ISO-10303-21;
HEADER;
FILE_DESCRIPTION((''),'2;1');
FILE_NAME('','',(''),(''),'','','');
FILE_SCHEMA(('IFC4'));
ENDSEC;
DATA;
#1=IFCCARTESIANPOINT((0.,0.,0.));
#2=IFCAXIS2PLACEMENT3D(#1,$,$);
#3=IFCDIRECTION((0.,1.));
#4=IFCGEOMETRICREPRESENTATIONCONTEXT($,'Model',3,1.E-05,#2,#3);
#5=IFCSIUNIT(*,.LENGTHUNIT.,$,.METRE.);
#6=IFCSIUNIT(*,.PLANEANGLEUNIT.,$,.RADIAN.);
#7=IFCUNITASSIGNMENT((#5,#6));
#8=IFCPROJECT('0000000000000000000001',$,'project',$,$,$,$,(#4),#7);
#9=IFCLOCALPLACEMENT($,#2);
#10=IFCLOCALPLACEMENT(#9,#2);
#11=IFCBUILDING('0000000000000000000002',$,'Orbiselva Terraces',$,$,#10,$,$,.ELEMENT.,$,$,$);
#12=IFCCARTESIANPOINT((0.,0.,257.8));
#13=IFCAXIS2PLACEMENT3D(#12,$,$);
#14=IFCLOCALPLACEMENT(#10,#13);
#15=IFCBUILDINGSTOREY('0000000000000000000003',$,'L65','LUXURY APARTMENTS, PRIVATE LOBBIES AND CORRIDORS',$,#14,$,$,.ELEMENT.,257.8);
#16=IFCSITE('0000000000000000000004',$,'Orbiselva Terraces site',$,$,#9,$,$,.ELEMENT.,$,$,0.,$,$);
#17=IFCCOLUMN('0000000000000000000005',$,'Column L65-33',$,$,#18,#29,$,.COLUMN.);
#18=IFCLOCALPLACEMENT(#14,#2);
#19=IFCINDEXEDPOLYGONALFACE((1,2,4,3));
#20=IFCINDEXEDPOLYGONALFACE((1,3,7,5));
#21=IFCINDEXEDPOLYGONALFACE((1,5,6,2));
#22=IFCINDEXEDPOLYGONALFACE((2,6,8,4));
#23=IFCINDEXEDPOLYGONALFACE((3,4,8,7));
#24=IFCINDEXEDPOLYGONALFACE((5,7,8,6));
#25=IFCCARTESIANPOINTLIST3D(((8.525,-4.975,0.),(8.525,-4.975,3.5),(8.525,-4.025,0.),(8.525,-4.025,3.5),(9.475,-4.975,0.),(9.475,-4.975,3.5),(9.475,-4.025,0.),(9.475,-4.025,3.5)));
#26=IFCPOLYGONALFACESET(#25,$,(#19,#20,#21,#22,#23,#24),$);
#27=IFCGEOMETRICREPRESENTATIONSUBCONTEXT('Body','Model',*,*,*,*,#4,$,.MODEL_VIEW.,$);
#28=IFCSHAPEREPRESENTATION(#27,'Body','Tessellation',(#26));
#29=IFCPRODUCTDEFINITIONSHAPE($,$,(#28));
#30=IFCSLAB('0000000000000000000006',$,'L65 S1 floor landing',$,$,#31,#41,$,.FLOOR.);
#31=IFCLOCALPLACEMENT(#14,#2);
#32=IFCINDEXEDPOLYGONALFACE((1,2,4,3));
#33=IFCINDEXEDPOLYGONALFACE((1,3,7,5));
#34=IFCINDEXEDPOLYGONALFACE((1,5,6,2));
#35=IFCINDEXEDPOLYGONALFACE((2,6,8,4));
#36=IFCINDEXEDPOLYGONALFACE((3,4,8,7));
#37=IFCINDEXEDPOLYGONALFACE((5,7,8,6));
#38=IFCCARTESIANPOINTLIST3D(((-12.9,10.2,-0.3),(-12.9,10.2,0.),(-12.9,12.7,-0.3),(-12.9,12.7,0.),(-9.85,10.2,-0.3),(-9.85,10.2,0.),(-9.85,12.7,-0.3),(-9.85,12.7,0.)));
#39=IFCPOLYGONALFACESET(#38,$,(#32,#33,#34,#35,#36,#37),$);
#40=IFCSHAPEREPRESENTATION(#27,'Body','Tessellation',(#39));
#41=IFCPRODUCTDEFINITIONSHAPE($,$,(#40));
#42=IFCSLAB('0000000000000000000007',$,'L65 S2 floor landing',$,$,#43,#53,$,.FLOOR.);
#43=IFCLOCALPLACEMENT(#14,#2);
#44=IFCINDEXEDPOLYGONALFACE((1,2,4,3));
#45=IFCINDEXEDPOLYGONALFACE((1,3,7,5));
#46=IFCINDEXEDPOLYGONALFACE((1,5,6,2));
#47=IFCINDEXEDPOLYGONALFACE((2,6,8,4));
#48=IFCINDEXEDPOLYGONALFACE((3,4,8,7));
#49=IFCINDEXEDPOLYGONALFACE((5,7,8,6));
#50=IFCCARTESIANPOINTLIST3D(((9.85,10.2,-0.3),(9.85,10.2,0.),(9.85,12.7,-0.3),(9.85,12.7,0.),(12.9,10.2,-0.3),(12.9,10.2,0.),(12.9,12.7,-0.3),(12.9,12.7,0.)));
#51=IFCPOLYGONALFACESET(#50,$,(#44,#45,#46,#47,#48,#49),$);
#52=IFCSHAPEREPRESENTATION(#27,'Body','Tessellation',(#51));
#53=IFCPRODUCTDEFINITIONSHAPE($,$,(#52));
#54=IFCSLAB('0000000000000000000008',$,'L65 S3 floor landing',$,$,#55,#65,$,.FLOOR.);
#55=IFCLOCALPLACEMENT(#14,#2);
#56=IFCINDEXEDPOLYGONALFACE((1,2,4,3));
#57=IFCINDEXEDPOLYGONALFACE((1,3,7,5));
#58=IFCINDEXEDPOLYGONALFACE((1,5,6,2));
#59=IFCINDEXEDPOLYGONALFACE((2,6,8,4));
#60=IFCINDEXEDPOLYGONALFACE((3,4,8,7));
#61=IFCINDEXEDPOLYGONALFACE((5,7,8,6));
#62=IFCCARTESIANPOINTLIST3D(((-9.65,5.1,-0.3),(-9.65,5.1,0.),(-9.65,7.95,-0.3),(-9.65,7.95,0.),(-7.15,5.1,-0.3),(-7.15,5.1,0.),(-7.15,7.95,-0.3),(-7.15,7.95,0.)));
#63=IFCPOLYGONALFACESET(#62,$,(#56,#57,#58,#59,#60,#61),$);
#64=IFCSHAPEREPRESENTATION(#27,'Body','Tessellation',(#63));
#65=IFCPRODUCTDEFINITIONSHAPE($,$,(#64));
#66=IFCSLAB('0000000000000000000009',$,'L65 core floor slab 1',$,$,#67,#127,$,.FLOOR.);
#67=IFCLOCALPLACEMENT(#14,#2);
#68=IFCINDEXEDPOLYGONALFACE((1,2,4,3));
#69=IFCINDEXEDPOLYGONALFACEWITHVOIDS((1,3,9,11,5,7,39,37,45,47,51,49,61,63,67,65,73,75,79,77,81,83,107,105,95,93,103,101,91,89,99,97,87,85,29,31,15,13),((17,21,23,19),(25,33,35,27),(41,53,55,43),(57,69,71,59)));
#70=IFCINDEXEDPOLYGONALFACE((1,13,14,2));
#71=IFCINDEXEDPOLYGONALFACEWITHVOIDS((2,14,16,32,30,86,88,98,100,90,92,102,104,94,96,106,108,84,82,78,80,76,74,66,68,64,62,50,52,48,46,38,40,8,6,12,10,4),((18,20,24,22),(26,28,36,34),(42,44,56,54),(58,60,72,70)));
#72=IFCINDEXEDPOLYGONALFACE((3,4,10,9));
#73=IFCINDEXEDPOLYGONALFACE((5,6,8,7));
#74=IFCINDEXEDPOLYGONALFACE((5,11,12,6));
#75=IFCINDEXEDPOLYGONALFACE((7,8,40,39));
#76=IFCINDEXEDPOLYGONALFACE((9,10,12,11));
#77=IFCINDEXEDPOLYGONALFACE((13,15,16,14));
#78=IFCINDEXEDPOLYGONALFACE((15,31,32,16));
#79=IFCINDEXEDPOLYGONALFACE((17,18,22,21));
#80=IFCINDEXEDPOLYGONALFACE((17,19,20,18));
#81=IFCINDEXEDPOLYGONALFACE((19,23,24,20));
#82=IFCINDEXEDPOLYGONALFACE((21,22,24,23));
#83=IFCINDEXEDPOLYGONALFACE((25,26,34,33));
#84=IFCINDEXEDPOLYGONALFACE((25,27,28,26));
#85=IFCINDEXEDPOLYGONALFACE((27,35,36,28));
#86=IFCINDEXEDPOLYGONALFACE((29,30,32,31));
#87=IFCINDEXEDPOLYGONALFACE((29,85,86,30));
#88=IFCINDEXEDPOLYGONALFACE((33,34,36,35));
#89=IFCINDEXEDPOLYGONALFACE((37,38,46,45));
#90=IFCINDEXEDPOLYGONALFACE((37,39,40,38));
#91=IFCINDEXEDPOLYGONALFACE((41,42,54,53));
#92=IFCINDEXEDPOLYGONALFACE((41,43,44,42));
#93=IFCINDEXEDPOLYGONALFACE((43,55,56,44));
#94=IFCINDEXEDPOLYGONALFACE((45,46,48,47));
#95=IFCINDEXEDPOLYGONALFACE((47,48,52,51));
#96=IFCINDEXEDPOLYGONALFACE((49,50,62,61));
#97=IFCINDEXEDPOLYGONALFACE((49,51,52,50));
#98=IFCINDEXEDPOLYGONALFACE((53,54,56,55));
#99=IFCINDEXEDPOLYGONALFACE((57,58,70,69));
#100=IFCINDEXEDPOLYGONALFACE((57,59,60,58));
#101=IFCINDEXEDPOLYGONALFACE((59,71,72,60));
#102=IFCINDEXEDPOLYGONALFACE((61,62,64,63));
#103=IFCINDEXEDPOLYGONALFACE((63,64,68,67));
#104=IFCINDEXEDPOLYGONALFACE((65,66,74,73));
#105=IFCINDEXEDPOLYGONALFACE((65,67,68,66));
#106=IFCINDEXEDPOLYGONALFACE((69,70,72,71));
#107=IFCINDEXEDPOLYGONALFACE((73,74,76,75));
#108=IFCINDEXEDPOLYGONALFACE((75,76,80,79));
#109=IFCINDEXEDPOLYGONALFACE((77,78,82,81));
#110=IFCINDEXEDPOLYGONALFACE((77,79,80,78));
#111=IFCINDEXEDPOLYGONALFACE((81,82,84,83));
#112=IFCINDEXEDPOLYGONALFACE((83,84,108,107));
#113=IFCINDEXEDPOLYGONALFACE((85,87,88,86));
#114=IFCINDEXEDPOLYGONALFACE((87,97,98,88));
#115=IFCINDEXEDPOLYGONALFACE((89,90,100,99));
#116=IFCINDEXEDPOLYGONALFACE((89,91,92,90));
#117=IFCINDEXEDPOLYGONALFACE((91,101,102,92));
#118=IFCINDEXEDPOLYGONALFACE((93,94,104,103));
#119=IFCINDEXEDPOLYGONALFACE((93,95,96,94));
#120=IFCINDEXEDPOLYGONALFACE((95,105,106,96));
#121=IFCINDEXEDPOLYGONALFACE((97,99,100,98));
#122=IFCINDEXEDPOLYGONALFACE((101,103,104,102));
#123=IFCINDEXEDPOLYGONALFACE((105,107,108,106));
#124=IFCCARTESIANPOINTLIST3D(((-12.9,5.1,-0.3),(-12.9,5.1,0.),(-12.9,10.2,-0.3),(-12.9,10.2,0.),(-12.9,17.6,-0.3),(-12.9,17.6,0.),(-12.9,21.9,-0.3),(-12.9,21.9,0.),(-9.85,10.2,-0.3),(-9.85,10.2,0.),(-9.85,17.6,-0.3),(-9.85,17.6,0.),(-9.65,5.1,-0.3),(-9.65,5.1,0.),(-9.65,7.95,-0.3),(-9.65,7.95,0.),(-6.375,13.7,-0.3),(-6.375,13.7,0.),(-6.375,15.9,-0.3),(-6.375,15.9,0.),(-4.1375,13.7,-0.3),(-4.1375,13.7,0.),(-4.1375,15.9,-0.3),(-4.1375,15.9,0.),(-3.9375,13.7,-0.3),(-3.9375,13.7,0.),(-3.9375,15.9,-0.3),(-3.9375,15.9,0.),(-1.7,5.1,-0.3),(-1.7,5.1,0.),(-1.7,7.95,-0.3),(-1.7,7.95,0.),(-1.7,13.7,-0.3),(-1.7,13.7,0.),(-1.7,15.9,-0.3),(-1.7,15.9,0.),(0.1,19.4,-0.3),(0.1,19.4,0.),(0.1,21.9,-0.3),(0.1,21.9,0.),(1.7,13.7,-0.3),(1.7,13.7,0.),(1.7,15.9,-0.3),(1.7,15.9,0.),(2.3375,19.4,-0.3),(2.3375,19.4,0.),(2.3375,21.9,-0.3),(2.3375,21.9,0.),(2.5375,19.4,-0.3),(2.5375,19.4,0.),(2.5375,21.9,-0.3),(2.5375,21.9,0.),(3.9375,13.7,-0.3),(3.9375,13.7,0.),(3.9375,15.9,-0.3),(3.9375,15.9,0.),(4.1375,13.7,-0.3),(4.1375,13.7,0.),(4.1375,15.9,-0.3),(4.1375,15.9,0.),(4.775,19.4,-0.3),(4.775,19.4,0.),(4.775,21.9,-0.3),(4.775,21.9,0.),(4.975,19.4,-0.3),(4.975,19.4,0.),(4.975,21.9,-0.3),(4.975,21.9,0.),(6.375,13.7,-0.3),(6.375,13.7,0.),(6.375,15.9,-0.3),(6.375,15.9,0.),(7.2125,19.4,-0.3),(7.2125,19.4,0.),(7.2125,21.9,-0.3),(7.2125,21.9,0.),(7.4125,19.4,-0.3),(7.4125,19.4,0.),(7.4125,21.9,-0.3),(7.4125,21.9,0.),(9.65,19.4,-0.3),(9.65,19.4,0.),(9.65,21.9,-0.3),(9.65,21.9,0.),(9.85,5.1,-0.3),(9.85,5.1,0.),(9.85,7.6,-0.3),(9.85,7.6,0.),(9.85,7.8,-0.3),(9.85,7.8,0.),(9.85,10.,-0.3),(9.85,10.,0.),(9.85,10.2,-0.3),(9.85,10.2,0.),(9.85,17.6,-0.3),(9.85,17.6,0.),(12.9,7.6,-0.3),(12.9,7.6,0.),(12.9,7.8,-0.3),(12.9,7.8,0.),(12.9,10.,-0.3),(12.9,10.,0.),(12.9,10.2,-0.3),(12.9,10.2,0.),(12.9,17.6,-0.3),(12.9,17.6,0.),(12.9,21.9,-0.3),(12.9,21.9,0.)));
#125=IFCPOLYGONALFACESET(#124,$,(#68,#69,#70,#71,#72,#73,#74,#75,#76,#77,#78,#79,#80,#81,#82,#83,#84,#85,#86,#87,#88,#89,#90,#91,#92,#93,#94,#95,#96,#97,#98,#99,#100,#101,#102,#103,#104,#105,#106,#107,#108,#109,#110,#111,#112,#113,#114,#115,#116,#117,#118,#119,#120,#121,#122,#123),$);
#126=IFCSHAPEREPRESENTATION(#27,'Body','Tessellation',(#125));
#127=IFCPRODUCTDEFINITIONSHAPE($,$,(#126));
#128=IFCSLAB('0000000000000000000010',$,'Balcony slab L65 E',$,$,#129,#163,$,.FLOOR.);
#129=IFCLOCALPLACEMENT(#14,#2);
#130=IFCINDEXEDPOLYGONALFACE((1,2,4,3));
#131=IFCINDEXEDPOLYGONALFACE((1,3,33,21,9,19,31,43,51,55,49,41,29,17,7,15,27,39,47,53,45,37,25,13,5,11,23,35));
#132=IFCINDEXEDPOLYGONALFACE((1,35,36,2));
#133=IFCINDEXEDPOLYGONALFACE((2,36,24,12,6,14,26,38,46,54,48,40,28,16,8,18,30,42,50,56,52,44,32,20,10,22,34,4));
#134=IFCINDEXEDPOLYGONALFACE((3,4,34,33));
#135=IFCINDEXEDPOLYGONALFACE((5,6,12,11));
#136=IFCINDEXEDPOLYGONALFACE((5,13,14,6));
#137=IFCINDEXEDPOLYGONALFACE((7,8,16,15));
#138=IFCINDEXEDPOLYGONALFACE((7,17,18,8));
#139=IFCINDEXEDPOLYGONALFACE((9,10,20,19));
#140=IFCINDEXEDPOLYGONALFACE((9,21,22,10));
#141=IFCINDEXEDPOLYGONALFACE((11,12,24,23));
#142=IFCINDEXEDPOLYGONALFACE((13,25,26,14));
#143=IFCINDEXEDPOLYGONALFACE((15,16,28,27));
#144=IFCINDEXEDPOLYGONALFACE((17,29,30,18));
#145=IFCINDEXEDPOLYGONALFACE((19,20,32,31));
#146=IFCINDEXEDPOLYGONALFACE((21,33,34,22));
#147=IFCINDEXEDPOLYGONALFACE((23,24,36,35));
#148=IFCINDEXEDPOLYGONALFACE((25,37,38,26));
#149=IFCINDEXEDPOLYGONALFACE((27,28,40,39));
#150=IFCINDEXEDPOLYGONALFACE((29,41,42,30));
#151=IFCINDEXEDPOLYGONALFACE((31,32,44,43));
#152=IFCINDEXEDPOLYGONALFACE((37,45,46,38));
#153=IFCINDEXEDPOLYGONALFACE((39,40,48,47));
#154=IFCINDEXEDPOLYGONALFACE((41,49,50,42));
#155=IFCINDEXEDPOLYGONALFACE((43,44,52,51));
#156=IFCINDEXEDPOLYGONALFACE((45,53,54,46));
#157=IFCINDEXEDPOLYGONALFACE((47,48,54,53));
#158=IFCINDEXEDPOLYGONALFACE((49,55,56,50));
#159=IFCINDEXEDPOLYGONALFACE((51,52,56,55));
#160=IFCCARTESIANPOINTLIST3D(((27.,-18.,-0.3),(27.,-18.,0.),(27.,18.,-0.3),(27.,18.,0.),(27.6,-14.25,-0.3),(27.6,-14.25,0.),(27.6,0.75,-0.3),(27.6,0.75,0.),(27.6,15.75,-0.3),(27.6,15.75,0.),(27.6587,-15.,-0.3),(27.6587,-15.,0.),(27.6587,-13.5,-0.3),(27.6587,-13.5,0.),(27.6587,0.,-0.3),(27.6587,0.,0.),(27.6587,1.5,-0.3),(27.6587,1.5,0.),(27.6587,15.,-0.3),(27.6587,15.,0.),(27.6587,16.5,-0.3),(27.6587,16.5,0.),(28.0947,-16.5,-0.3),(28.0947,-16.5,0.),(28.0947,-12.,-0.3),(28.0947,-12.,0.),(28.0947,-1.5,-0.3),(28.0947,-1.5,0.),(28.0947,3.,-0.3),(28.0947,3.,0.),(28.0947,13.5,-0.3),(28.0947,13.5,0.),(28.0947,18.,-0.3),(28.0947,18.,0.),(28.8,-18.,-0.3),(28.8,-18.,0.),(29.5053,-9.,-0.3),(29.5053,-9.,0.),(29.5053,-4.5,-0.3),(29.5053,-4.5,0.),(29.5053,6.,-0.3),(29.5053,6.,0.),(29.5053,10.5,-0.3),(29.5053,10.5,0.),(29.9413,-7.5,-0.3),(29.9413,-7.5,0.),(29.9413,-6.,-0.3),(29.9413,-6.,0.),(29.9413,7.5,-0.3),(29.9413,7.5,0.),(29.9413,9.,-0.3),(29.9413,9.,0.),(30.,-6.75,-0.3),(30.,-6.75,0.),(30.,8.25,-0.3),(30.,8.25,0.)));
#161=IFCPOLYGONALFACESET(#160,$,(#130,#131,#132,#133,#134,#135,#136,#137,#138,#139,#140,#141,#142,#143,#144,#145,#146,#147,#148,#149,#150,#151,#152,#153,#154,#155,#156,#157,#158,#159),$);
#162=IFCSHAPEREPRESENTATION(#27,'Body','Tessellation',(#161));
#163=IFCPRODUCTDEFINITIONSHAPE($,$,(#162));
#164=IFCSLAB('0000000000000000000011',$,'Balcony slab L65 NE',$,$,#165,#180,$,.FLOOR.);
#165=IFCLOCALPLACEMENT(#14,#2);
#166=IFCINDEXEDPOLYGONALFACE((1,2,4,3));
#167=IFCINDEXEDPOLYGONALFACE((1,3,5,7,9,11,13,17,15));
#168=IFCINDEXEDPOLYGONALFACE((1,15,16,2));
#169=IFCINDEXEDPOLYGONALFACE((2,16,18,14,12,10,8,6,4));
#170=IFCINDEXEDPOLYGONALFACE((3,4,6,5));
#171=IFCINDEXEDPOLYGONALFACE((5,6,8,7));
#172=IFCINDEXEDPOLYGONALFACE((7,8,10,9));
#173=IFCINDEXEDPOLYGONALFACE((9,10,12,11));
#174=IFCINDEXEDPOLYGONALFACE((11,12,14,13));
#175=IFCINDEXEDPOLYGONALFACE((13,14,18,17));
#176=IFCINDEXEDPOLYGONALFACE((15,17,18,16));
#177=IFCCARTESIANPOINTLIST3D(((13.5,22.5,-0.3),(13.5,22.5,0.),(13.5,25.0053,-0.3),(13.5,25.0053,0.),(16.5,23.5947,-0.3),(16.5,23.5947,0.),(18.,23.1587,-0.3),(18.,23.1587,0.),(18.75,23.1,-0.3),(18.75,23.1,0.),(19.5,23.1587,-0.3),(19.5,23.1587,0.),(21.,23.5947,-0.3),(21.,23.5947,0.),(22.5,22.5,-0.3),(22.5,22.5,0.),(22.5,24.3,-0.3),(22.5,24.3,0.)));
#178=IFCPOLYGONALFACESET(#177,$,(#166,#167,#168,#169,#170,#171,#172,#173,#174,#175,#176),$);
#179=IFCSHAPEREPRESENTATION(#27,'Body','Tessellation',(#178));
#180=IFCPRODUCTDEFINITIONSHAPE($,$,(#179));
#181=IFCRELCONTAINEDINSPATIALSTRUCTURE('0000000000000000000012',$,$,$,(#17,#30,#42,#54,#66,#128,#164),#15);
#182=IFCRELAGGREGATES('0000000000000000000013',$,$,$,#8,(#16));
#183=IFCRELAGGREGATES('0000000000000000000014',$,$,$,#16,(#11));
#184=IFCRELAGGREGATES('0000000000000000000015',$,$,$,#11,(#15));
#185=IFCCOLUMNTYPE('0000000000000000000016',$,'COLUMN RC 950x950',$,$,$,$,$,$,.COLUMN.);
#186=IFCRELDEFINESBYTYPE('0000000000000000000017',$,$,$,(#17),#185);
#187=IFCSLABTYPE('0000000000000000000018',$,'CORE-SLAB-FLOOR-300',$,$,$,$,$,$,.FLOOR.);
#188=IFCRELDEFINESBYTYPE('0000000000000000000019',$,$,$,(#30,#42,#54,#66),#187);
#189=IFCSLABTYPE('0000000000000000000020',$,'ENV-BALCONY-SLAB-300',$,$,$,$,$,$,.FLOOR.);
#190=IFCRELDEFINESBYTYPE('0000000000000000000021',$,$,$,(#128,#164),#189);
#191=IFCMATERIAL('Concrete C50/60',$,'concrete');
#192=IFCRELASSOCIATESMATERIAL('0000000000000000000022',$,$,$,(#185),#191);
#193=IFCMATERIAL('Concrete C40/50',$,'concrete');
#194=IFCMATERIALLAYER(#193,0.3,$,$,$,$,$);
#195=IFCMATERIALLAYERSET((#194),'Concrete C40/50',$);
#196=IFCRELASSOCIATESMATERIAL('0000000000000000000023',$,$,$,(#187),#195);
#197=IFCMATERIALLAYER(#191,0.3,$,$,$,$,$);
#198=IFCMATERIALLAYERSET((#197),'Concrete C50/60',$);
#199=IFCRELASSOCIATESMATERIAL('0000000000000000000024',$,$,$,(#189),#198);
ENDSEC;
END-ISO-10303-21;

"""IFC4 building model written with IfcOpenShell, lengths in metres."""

from ifc_helpers import new_model, si_unit, direction, frame, origin, origin_2d, place, context, subcontext, project, spatial, polyline, rectangle, outline, extrude, material, layer, layer_set, material_profile, profile_set, type_object, element, save


model = new_model("IFC4")

# Units and contexts
model_context = context("Model", 3, precision=1e-05, world=origin(), true_north=direction((0.0, 1.0)))
body_context = subcontext(model_context, "Body", "Model", "MODEL_VIEW")
ifc_project = project(units=[si_unit("LENGTHUNIT", "METRE"), si_unit("PLANEANGLEUNIT", "RADIAN")], contexts=[model_context])

# Site, building, storey
site_placement = place(None, origin())
site = spatial("IfcSite", under=ifc_project, at=site_placement, Name="Orbiselva Terraces site", CompositionType="ELEMENT", RefElevation=0.0)
building_placement = place(site_placement, origin())
building = spatial("IfcBuilding", under=site, at=building_placement, Name="Orbiselva Terraces", CompositionType="ELEMENT")
storey_placement = place(building_placement, frame((0.0, 0.0, 257.8)))
storey = spatial("IfcBuildingStorey", under=building, at=storey_placement, Name="L65", Description="LUXURY APARTMENTS, PRIVATE LOBBIES AND CORRIDORS", CompositionType="ELEMENT", Elevation=257.8)

# Column
ifc_material_1 = material(Name="Concrete C50/60", Category="concrete")
ifc_material_profile = material_profile(ifc_material_1, rectangle(XDim=0.95, YDim=0.95, at=origin_2d()), Name="RC 950x950")
ifc_profile_set = profile_set([ifc_material_profile], Name="Concrete C50/60")
column_type = type_object("IfcColumnType", Name="COLUMN RC 950x950", PredefinedType="COLUMN", material=ifc_profile_set)
column_placement = place(storey_placement, frame((9.0, -4.5, 0.0), z_axis=(0.0, 0.0, 1.0), x_axis=(1.0, 0.0, 0.0)))
element("IfcColumn", 1, at=column_placement, inside=storey, type_object=column_type, Name="Column L65-33", PredefinedType="COLUMN", context=body_context, shape_type="SweptSolid", body=[
    extrude(rectangle(XDim=0.95, YDim=0.95, at=origin_2d()), origin(), (0.0, 0.0, 1.0), 3.5),
])

# Slabs
ifc_material_2 = material(Name="Concrete C40/50", Category="concrete")
ifc_layer_1 = layer(ifc_material_2, 0.3)
ifc_layer_set_1 = layer_set([ifc_layer_1], Name="Concrete C40/50")
slab_type_1 = type_object("IfcSlabType", Name="CORE-SLAB-FLOOR-300", PredefinedType="FLOOR", material=ifc_layer_set_1)
slab_1_placement = place(storey_placement, frame((0.0, 0.0, -0.3)))
element("IfcSlab", 2, at=slab_1_placement, inside=storey, type_object=slab_type_1, Name="L65 S1 floor landing", PredefinedType="FLOOR", context=body_context, shape_type="SweptSolid", body=[
    extrude(outline(polyline([(-12.9, 12.7), (-9.85, 12.7), (-9.85, 10.2), (-12.9, 10.2), (-12.9, 12.7)])), origin(), (0.0, 0.0, 1.0), 0.3),
])
slab_2_placement = place(storey_placement, frame((0.0, 0.0, -0.3)))
element("IfcSlab", 3, at=slab_2_placement, inside=storey, type_object=slab_type_1, Name="L65 S2 floor landing", PredefinedType="FLOOR", context=body_context, shape_type="SweptSolid", body=[
    extrude(outline(polyline([(12.9, 12.7), (12.9, 10.2), (9.85, 10.2), (9.85, 12.7), (12.9, 12.7)])), origin(), (0.0, 0.0, 1.0), 0.3),
])
slab_3_placement = place(storey_placement, frame((0.0, 0.0, -0.3)))
element("IfcSlab", 4, at=slab_3_placement, inside=storey, type_object=slab_type_1, Name="L65 S3 floor landing", PredefinedType="FLOOR", context=body_context, shape_type="SweptSolid", body=[
    extrude(outline(polyline([(-7.15, 5.1), (-9.65, 5.1), (-9.65, 7.95), (-7.15, 7.95), (-7.15, 5.1)])), origin(), (0.0, 0.0, 1.0), 0.3),
])
slab_4_placement = place(storey_placement, frame((0.0, 0.0, -0.3)))
element("IfcSlab", 5, at=slab_4_placement, inside=storey, type_object=slab_type_1, Name="L65 core floor slab 1", PredefinedType="FLOOR", context=body_context, shape_type="SweptSolid", body=[
    extrude(outline(polyline([(-1.7, 5.1), (-1.7, 7.95), (-9.65, 7.95), (-9.65, 5.1), (-12.9, 5.1), (-12.9, 10.2), (-9.85, 10.2), (-9.85, 17.6), (-12.9, 17.6), (-12.9, 21.9), (0.1, 21.9), (0.1, 19.4), (2.3375, 19.4), (2.3375, 21.9), (2.5375, 21.9), (2.5375, 19.4), (4.775, 19.4), (4.775, 21.9), (4.975, 21.9), (4.975, 19.4), (7.2125, 19.4), (7.2125, 21.9), (7.4125, 21.9), (7.4125, 19.4), (9.65, 19.4), (9.65, 21.9), (12.9, 21.9), (12.9, 17.6), (9.85, 17.6), (9.85, 10.2), (12.9, 10.2), (12.9, 10.0), (9.85, 10.0), (9.85, 7.8), (12.9, 7.8), (12.9, 7.6), (9.85, 7.6), (9.85, 5.1), (-1.7, 5.1)]), holes=[polyline([(-4.1375, 13.7), (-4.1375, 15.9), (-6.375, 15.9), (-6.375, 13.7), (-4.1375, 13.7)]), polyline([(-1.7, 13.7), (-1.7, 15.9), (-3.9375, 15.9), (-3.9375, 13.7), (-1.7, 13.7)]), polyline([(3.9375, 15.9), (1.7, 15.9), (1.7, 13.7), (3.9375, 13.7), (3.9375, 15.9)]), polyline([(6.375, 13.7), (6.375, 15.9), (4.1375, 15.9), (4.1375, 13.7), (6.375, 13.7)])]), origin(), (0.0, 0.0, 1.0), 0.3),
])
ifc_layer_2 = layer(ifc_material_1, 0.3)
ifc_layer_set_2 = layer_set([ifc_layer_2], Name="Concrete C50/60")
slab_type_2 = type_object("IfcSlabType", Name="ENV-BALCONY-SLAB-300", PredefinedType="FLOOR", material=ifc_layer_set_2)
slab_5_placement = place(storey_placement, frame((0.0, 0.0, -0.3)))
element("IfcSlab", 6, at=slab_5_placement, inside=storey, type_object=slab_type_2, Name="Balcony slab L65 E", PredefinedType="FLOOR", context=body_context, shape_type="SweptSolid", body=[
    extrude(outline(polyline([(28.8, -18.0), (28.0947, -16.5), (27.6587, -15.0), (27.6, -14.25), (27.6587, -13.5), (28.0947, -12.0), (29.5053, -9.0), (29.9413, -7.5), (30.0, -6.75), (29.9413, -6.0), (29.5053, -4.5), (28.0947, -1.5), (27.6587, 0.0), (27.6, 0.75), (27.6587, 1.5), (28.0947, 3.0), (29.5053, 6.0), (29.9413, 7.5), (30.0, 8.25), (29.9413, 9.0), (29.5053, 10.5), (28.0947, 13.5), (27.6587, 15.0), (27.6, 15.75), (27.6587, 16.5), (28.0947, 18.0), (27.0, 18.0), (27.0, -18.0), (28.8, -18.0)])), origin(), (0.0, 0.0, 1.0), 0.3),
])
slab_6_placement = place(storey_placement, frame((0.0, 0.0, -0.3)))
element("IfcSlab", 7, at=slab_6_placement, inside=storey, type_object=slab_type_2, Name="Balcony slab L65 NE", PredefinedType="FLOOR", context=body_context, shape_type="SweptSolid", body=[
    extrude(outline(polyline([(22.5, 24.3), (21.0, 23.5947), (19.5, 23.1587), (18.75, 23.1), (18.0, 23.1587), (16.5, 23.5947), (13.5, 25.0053), (13.5, 22.5), (22.5, 22.5), (22.5, 24.3)])), origin(), (0.0, 0.0, 1.0), 0.3),
])

save(model, "model.ifc")
